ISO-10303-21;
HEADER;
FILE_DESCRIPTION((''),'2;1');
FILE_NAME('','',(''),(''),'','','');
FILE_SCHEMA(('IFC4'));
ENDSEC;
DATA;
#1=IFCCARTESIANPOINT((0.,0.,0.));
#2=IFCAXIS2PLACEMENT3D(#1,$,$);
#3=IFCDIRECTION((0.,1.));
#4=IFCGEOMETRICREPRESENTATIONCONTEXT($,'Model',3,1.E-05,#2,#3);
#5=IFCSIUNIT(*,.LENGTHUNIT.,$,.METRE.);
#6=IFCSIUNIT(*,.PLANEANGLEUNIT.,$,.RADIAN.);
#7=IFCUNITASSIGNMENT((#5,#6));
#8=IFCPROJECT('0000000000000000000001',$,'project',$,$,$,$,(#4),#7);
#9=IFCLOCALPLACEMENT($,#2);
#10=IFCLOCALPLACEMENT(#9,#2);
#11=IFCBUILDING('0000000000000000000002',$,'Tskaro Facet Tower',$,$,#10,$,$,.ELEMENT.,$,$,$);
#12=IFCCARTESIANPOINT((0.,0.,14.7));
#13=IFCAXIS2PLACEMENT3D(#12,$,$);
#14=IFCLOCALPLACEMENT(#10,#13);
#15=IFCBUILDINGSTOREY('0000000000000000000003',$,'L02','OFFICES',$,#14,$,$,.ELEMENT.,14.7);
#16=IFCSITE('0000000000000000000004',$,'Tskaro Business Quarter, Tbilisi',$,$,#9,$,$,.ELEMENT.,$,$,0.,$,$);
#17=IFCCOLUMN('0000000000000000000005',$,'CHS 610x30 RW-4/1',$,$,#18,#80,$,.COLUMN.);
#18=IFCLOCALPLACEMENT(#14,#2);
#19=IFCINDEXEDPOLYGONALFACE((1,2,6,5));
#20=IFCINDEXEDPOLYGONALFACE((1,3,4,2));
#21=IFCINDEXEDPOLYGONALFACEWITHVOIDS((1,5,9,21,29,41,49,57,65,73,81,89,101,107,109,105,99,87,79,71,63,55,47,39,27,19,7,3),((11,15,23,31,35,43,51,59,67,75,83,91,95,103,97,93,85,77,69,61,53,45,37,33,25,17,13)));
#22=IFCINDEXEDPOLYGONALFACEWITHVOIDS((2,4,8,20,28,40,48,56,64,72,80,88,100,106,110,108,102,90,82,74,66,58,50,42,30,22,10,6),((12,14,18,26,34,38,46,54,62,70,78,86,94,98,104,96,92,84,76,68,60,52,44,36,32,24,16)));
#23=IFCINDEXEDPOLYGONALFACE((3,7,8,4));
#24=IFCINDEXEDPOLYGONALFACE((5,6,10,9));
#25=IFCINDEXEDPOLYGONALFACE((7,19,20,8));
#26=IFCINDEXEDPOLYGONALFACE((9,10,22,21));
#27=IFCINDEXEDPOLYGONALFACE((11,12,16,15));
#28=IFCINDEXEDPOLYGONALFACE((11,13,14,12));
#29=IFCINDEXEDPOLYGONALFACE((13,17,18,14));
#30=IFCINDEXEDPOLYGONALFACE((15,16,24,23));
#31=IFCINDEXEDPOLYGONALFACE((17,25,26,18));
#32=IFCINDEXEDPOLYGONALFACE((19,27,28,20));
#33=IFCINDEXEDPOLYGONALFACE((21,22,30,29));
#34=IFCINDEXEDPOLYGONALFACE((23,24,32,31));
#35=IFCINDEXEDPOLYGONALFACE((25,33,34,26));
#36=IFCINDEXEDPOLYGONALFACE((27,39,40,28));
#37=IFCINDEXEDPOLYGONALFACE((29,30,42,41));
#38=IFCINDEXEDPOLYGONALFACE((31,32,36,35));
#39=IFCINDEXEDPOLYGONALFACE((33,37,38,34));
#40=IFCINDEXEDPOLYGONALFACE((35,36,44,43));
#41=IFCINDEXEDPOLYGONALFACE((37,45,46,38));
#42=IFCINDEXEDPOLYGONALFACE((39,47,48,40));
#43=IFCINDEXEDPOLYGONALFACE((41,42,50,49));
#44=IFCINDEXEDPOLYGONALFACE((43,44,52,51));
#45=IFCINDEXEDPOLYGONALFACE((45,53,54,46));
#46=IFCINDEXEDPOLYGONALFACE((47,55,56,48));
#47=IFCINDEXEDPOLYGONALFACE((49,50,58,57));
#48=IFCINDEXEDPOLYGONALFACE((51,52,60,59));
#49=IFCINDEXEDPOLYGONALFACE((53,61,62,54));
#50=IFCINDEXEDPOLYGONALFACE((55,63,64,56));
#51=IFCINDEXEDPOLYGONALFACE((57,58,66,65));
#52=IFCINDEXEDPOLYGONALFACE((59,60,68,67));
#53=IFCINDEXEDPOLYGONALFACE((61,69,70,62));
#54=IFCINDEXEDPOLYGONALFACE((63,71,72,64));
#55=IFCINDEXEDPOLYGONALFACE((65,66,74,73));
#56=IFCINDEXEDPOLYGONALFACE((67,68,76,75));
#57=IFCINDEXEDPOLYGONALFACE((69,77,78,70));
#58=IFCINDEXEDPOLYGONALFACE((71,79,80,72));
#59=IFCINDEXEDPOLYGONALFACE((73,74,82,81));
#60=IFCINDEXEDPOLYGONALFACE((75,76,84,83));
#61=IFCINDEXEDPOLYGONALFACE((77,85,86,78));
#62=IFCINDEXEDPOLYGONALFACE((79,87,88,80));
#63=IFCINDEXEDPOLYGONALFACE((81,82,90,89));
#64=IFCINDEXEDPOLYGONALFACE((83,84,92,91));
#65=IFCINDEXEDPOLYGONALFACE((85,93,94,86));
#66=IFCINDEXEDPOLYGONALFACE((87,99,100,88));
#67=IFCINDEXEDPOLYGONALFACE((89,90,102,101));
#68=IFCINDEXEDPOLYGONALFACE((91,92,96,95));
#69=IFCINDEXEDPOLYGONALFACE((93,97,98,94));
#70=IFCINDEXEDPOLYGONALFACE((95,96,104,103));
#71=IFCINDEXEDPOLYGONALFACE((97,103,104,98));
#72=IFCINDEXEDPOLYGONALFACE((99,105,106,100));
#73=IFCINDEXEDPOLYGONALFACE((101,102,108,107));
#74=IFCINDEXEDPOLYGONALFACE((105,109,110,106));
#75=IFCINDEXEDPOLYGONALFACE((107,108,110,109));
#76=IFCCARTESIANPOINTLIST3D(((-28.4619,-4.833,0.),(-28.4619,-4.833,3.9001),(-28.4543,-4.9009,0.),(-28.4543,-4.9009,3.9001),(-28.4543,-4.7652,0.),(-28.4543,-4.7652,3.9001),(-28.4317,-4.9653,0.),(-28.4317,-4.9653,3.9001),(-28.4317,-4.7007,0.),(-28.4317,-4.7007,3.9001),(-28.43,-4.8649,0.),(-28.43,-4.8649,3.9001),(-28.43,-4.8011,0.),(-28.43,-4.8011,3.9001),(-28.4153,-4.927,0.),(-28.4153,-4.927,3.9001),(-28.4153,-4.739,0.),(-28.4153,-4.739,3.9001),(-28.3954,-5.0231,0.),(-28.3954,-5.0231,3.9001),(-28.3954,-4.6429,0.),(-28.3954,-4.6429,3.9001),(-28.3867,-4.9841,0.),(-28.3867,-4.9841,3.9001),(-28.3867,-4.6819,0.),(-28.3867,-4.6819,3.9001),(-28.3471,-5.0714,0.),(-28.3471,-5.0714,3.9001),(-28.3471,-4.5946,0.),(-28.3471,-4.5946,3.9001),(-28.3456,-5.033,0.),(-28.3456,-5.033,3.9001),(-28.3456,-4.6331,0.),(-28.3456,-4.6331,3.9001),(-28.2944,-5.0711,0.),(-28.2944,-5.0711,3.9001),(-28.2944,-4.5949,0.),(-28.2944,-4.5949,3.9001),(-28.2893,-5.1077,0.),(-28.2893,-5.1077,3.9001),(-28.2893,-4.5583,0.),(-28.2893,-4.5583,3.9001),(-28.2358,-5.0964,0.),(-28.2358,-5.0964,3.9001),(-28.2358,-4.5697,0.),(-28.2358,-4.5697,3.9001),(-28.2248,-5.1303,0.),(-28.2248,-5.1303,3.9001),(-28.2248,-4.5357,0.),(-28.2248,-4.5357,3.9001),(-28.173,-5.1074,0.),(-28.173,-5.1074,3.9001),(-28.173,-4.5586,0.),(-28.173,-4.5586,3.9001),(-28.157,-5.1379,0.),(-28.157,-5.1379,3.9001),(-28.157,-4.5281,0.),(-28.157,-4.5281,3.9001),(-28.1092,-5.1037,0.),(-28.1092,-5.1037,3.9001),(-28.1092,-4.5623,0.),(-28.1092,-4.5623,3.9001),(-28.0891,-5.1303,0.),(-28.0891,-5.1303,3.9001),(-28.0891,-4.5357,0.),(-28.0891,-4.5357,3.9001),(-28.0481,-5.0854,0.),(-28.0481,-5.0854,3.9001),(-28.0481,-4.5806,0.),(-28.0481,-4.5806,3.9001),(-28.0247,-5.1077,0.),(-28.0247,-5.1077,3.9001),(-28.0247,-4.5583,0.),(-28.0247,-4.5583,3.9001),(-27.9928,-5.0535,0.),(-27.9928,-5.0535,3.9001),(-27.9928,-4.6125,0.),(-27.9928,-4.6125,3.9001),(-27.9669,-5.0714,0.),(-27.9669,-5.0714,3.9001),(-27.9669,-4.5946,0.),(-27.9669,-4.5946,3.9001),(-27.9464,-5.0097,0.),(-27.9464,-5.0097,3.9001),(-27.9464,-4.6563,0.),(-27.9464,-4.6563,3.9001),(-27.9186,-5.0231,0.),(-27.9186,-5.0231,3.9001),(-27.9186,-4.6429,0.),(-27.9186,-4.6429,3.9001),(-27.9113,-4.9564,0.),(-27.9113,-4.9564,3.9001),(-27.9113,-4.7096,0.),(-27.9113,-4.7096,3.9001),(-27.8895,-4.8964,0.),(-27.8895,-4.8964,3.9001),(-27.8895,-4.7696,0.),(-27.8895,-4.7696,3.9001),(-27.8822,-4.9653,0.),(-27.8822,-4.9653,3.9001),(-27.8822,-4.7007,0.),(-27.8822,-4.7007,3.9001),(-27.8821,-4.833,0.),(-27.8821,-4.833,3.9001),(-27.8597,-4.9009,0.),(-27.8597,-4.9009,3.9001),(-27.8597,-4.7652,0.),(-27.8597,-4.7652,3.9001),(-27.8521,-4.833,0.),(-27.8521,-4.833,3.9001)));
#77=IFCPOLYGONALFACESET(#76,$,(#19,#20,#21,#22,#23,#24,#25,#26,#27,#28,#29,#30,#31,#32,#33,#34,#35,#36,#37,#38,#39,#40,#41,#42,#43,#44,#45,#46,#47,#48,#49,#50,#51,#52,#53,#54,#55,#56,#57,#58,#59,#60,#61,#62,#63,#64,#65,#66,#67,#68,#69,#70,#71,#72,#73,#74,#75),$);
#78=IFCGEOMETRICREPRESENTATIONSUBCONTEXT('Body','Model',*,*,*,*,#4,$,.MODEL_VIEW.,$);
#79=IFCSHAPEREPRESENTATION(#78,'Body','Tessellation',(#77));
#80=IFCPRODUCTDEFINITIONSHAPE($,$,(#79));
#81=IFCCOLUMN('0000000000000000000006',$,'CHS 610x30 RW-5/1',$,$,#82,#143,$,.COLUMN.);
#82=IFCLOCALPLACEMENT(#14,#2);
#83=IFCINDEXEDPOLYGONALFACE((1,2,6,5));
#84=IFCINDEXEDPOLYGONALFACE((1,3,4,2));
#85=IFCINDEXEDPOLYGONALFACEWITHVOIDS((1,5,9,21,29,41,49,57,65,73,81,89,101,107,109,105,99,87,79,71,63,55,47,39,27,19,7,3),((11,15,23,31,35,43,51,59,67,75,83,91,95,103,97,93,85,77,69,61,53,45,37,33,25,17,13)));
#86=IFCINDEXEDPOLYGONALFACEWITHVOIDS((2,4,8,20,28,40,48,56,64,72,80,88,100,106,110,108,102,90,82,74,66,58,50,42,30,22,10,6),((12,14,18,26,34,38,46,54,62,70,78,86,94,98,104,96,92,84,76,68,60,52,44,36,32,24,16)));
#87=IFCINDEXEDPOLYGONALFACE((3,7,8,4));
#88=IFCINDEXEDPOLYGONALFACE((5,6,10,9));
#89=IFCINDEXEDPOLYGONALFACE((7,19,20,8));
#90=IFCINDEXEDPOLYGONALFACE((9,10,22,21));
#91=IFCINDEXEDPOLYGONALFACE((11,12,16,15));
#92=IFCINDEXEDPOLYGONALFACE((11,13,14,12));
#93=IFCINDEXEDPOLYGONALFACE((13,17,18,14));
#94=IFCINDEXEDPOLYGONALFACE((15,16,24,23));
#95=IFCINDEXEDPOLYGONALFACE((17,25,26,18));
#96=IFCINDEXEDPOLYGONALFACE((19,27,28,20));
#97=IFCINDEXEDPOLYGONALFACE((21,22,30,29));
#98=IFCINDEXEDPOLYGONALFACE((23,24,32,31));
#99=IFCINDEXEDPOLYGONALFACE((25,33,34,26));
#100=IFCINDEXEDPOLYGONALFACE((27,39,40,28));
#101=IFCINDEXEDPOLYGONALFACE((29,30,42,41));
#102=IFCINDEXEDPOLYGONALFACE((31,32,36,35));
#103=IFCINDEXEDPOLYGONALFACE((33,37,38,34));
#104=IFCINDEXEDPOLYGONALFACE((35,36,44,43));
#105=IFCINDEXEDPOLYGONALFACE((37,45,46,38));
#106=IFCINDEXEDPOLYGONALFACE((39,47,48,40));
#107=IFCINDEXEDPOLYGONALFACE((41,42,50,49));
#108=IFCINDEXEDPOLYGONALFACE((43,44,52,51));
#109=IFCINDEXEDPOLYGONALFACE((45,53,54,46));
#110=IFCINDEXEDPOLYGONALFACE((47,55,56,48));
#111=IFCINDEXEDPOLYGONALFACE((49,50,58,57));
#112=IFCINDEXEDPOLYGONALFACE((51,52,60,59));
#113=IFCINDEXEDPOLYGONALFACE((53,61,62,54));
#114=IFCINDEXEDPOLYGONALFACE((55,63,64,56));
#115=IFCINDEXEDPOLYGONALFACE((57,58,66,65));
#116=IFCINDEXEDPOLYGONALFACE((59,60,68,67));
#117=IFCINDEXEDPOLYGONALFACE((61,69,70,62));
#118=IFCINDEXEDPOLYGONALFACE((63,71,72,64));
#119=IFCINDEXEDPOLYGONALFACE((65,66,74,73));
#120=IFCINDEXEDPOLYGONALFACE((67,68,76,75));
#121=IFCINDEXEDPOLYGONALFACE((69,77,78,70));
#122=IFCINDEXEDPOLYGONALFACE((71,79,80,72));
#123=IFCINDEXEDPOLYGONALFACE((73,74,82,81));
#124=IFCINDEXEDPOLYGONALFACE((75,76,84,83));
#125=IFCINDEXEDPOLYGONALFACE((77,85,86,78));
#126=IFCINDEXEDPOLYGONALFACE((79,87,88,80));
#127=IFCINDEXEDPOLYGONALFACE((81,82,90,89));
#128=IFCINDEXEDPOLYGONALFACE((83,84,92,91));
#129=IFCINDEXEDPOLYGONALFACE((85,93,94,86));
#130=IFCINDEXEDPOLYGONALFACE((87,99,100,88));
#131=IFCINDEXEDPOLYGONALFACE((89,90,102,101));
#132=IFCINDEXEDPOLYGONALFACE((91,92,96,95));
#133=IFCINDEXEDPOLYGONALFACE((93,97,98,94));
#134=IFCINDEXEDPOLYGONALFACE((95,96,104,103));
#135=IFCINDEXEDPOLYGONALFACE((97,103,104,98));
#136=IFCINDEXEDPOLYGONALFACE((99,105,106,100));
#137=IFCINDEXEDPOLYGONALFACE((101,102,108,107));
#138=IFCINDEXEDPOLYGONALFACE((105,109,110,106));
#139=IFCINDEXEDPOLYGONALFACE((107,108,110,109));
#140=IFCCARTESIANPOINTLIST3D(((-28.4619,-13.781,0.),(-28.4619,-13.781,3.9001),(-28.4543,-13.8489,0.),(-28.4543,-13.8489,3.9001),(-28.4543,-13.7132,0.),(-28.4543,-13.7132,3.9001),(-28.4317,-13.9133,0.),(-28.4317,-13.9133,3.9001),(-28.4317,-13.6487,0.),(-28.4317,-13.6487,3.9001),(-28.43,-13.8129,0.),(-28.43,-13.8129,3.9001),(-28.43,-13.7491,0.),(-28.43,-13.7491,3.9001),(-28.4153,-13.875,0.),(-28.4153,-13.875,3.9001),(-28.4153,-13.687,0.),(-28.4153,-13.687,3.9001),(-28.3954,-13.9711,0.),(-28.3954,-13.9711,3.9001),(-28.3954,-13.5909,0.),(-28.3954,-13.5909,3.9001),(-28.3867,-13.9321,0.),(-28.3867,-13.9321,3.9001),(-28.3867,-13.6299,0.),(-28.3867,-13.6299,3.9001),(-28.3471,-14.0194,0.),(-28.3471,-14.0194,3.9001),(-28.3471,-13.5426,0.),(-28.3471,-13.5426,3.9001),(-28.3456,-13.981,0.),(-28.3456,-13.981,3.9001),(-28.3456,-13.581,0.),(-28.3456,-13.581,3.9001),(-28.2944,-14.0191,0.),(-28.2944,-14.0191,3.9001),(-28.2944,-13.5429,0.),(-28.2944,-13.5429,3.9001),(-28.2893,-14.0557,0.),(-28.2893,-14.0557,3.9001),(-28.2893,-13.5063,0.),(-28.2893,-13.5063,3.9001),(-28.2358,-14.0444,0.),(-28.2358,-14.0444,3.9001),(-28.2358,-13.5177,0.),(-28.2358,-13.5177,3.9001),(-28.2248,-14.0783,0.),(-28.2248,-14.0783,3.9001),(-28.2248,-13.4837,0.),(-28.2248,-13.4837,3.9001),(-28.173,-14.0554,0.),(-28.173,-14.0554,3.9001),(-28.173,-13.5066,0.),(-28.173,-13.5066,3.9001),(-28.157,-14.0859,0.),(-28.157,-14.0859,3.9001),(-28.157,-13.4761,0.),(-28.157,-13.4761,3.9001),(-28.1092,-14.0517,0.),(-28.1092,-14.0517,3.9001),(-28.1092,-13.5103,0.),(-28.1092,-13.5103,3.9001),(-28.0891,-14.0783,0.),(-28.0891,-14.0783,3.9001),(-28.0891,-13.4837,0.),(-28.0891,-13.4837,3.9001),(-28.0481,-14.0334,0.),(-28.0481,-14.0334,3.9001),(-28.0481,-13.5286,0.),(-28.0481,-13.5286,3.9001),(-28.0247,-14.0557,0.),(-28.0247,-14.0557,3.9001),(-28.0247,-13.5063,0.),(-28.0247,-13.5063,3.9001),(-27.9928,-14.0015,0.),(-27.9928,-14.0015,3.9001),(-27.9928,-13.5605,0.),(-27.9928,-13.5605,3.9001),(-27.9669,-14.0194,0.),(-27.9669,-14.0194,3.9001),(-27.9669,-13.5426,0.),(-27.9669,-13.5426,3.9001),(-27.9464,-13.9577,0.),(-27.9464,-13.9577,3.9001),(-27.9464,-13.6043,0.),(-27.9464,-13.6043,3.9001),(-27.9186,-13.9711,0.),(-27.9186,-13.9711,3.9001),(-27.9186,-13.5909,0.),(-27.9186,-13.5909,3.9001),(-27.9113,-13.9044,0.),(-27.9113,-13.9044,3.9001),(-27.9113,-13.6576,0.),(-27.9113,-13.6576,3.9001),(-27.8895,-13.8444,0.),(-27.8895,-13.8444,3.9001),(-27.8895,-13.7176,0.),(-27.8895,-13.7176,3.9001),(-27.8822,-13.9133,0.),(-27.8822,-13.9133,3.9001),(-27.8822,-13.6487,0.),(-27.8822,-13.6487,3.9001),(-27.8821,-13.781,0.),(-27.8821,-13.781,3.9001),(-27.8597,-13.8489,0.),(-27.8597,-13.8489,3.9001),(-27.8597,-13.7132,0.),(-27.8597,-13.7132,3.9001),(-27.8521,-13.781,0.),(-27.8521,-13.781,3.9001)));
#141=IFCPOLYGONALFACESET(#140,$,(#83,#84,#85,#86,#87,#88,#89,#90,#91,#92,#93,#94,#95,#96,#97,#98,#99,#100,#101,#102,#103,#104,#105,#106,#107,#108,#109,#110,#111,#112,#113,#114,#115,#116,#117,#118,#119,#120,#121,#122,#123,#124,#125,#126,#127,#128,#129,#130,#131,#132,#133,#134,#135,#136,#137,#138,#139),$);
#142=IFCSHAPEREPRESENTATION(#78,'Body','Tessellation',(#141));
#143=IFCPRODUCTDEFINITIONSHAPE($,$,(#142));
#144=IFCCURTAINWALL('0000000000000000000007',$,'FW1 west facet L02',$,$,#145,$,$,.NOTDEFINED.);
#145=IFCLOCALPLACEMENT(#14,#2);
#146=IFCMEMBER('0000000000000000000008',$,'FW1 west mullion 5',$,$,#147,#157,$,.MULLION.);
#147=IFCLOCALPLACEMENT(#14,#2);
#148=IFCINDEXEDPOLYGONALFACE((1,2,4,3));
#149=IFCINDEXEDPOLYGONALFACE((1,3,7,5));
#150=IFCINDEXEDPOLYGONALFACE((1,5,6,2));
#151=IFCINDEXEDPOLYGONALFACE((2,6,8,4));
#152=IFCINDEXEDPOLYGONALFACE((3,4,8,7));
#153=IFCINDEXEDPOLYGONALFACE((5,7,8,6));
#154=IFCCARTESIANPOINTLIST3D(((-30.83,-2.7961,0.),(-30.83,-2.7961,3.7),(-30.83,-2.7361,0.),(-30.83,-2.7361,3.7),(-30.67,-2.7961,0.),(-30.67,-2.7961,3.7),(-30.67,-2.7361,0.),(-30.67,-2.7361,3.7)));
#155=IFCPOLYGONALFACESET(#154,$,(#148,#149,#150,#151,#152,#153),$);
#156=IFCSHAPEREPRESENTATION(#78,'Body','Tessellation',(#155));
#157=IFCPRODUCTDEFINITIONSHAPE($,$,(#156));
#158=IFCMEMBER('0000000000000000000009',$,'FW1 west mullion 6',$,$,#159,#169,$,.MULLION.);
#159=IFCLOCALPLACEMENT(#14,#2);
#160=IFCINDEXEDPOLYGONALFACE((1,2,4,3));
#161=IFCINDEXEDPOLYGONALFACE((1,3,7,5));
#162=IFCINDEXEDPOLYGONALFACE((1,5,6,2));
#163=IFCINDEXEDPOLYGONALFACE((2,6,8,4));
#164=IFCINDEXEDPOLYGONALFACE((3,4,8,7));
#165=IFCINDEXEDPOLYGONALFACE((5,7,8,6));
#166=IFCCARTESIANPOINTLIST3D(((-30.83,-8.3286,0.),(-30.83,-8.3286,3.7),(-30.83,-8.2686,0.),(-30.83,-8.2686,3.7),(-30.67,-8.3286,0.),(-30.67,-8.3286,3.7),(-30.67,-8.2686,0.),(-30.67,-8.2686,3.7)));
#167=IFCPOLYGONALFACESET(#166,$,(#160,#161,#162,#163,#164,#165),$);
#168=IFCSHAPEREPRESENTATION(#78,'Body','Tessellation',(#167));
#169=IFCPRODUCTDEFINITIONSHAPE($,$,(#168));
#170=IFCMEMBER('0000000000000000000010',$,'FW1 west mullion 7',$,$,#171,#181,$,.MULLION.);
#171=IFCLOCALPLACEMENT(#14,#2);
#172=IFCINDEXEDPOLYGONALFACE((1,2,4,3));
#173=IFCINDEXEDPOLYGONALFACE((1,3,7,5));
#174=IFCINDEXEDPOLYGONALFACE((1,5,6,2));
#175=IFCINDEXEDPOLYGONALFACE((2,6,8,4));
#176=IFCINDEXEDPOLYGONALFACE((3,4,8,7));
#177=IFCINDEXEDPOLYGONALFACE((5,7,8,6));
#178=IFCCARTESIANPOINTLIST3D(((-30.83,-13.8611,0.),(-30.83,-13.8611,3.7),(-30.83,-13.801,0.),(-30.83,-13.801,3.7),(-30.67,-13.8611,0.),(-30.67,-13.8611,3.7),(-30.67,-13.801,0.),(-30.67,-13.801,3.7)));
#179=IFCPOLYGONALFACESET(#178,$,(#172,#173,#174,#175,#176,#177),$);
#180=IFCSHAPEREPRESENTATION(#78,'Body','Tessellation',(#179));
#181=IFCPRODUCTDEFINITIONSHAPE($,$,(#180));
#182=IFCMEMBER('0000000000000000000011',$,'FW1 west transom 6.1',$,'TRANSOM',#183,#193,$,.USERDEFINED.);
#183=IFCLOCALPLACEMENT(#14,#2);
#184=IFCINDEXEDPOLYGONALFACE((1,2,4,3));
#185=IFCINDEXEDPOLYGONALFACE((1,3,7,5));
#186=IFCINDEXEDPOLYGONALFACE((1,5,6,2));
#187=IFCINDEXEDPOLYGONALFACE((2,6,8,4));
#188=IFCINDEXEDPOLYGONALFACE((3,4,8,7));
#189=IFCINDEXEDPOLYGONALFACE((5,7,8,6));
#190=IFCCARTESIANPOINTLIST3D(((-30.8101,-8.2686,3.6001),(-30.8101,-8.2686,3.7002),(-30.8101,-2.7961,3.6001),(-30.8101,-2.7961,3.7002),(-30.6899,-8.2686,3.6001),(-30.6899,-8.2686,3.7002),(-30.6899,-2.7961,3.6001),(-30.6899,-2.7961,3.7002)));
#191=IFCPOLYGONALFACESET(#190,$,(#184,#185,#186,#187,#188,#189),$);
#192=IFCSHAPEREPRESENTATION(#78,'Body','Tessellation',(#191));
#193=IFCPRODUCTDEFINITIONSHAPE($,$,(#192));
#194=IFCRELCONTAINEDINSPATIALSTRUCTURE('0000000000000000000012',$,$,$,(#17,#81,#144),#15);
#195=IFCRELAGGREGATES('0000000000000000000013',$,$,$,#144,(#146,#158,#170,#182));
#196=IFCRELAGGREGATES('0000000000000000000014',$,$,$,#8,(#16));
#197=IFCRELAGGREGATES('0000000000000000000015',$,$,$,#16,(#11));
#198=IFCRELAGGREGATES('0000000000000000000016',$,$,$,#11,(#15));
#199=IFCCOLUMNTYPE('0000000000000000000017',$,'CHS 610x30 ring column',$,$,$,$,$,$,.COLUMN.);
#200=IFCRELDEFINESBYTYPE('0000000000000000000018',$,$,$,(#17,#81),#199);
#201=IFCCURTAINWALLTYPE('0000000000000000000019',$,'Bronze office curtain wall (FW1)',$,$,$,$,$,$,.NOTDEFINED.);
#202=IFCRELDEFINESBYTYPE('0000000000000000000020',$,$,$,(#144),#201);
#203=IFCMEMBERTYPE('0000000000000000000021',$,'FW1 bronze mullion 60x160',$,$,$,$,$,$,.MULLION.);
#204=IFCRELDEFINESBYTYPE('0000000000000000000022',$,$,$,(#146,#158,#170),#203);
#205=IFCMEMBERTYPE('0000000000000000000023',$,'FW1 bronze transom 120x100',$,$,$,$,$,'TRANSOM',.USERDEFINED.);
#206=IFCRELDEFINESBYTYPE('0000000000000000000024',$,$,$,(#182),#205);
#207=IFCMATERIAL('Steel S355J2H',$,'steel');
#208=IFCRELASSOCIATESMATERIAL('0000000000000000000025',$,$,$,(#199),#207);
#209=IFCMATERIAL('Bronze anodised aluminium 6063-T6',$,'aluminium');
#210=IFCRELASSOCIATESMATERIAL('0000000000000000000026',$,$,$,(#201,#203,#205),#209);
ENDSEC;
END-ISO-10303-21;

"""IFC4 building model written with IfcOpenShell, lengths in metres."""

from ifc_helpers import new_model, si_unit, direction, frame, origin, origin_2d, place, context, subcontext, project, spatial, rectangle, hollow_circle, extrude, material, material_profile, profile_set, type_object, element, aggregate, save


model = new_model("IFC4")

# Units and contexts
model_context = context("Model", 3, precision=1e-05, world=origin(), true_north=direction((0.0, 1.0)))
body_context = subcontext(model_context, "Body", "Model", "MODEL_VIEW")
ifc_project = project(units=[si_unit("LENGTHUNIT", "METRE"), si_unit("PLANEANGLEUNIT", "RADIAN")], contexts=[model_context])

# Site, building, storey
site_placement = place(None, origin())
site = spatial("IfcSite", under=ifc_project, at=site_placement, Name="Tskaro Business Quarter, Tbilisi", CompositionType="ELEMENT", RefElevation=0.0)
building_placement = place(site_placement, origin())
building = spatial("IfcBuilding", under=site, at=building_placement, Name="Tskaro Facet Tower", CompositionType="ELEMENT")
storey_placement = place(building_placement, frame((0.0, 0.0, 14.7)))
storey = spatial("IfcBuildingStorey", under=building, at=storey_placement, Name="L02", Description="OFFICES", CompositionType="ELEMENT", Elevation=14.7)

# Columns
ifc_material_1 = material(Name="Steel S355J2H", Category="steel")
ifc_material_profile_1 = material_profile(ifc_material_1, hollow_circle(Radius=0.3049, WallThickness=0.03, at=origin_2d()), Name="CHS 610x30")
ifc_profile_set_1 = profile_set([ifc_material_profile_1], Name="Steel S355J2H")
column_type = type_object("IfcColumnType", Name="CHS 610x30 ring column", PredefinedType="COLUMN", material=ifc_profile_set_1)
for number, where, z_axis, x_axis, name in (
    (1, (-28.157, -4.833, 0.0), (0.0, 0.0, 1.0), (1.0, 0.0, 0.0), "CHS 610x30 RW-4/1"),
    (2, (-28.157, -13.781, 0.0), (0.0, 0.0, 1.0), (1.0, 0.0, 0.0), "CHS 610x30 RW-5/1"),
):
    element("IfcColumn", number, at=place(storey_placement, frame(where, z_axis=z_axis, x_axis=x_axis)), inside=storey, type_object=column_type, Name=name, PredefinedType="COLUMN", context=body_context, shape_type="SweptSolid", body=[
        extrude(hollow_circle(Radius=0.3049, WallThickness=0.03, at=origin_2d()), origin(), (0.0, 0.0, 1.0), 3.9001),
    ])

# Curtain wall, members
ifc_material_2 = material(Name="Bronze anodised aluminium 6063-T6", Category="aluminium")
curtain_wall_type = type_object("IfcCurtainWallType", Name="Bronze office curtain wall (FW1)", PredefinedType="NOTDEFINED", material=ifc_material_2)
curtain_wall_placement = place(storey_placement, origin())
curtain_wall = element("IfcCurtainWall", 3, at=curtain_wall_placement, inside=storey, type_object=curtain_wall_type, Name="FW1 west facet L02", PredefinedType="NOTDEFINED")
ifc_material_profile_2 = material_profile(ifc_material_2, rectangle(XDim=0.0601, YDim=0.1599, at=origin_2d()), Name="Mullion 60x160")
ifc_profile_set_2 = profile_set([ifc_material_profile_2], Name="Bronze anodised aluminium 6063-T6")
member_type_1 = type_object("IfcMemberType", Name="FW1 bronze mullion 60x160", PredefinedType="MULLION", material=ifc_profile_set_2)
member_1_placement = place(storey_placement, frame((-30.75, -2.7661, 0.0), z_axis=(0.0, 0.0, 1.0), x_axis=(0.0, -1.0, 0.0)))
member_1 = element("IfcMember", 4, at=member_1_placement, type_object=member_type_1, Name="FW1 west mullion 5", PredefinedType="MULLION", context=body_context, shape_type="SweptSolid", body=[
    extrude(rectangle(XDim=0.0601, YDim=0.1599, at=origin_2d()), origin(), (0.0, 0.0, 1.0), 3.7),
])
member_2_placement = place(storey_placement, frame((-30.75, -8.2986, 0.0), z_axis=(0.0, 0.0, 1.0), x_axis=(0.0, -1.0, 0.0)))
member_2 = element("IfcMember", 5, at=member_2_placement, type_object=member_type_1, Name="FW1 west mullion 6", PredefinedType="MULLION", context=body_context, shape_type="SweptSolid", body=[
    extrude(rectangle(XDim=0.0601, YDim=0.1599, at=origin_2d()), origin(), (0.0, 0.0, 1.0), 3.7),
])
member_3_placement = place(storey_placement, frame((-30.75, -13.8311, 0.0), z_axis=(0.0, 0.0, 1.0), x_axis=(0.0, -1.0, 0.0)))
member_3 = element("IfcMember", 6, at=member_3_placement, type_object=member_type_1, Name="FW1 west mullion 7", PredefinedType="MULLION", context=body_context, shape_type="SweptSolid", body=[
    extrude(rectangle(XDim=0.0601, YDim=0.1599, at=origin_2d()), origin(), (0.0, 0.0, 1.0), 3.7),
])
ifc_material_profile_3 = material_profile(ifc_material_2, rectangle(XDim=0.1201, YDim=0.1001, at=origin_2d()), Name="Transom 120x100")
ifc_profile_set_3 = profile_set([ifc_material_profile_3], Name="Bronze anodised aluminium 6063-T6")
member_type_2 = type_object("IfcMemberType", Name="FW1 bronze transom 120x100", ElementType="TRANSOM", PredefinedType="USERDEFINED", material=ifc_profile_set_3)
member_4_placement = place(storey_placement, frame((-30.75, -2.7961, 3.6501), z_axis=(0.0, -1.0, 0.0), x_axis=(1.0, 0.0, 0.0)))
member_4 = element("IfcMember", 7, at=member_4_placement, type_object=member_type_2, Name="FW1 west transom 6.1", ObjectType="TRANSOM", PredefinedType="USERDEFINED", context=body_context, shape_type="SweptSolid", body=[
    extrude(rectangle(XDim=0.1201, YDim=0.1001, at=origin_2d()), origin(), (0.0, 0.0, 1.0), 5.4724),
])

aggregate(curtain_wall, [member_1, member_2, member_3, member_4])

save(model, "model.ifc")
